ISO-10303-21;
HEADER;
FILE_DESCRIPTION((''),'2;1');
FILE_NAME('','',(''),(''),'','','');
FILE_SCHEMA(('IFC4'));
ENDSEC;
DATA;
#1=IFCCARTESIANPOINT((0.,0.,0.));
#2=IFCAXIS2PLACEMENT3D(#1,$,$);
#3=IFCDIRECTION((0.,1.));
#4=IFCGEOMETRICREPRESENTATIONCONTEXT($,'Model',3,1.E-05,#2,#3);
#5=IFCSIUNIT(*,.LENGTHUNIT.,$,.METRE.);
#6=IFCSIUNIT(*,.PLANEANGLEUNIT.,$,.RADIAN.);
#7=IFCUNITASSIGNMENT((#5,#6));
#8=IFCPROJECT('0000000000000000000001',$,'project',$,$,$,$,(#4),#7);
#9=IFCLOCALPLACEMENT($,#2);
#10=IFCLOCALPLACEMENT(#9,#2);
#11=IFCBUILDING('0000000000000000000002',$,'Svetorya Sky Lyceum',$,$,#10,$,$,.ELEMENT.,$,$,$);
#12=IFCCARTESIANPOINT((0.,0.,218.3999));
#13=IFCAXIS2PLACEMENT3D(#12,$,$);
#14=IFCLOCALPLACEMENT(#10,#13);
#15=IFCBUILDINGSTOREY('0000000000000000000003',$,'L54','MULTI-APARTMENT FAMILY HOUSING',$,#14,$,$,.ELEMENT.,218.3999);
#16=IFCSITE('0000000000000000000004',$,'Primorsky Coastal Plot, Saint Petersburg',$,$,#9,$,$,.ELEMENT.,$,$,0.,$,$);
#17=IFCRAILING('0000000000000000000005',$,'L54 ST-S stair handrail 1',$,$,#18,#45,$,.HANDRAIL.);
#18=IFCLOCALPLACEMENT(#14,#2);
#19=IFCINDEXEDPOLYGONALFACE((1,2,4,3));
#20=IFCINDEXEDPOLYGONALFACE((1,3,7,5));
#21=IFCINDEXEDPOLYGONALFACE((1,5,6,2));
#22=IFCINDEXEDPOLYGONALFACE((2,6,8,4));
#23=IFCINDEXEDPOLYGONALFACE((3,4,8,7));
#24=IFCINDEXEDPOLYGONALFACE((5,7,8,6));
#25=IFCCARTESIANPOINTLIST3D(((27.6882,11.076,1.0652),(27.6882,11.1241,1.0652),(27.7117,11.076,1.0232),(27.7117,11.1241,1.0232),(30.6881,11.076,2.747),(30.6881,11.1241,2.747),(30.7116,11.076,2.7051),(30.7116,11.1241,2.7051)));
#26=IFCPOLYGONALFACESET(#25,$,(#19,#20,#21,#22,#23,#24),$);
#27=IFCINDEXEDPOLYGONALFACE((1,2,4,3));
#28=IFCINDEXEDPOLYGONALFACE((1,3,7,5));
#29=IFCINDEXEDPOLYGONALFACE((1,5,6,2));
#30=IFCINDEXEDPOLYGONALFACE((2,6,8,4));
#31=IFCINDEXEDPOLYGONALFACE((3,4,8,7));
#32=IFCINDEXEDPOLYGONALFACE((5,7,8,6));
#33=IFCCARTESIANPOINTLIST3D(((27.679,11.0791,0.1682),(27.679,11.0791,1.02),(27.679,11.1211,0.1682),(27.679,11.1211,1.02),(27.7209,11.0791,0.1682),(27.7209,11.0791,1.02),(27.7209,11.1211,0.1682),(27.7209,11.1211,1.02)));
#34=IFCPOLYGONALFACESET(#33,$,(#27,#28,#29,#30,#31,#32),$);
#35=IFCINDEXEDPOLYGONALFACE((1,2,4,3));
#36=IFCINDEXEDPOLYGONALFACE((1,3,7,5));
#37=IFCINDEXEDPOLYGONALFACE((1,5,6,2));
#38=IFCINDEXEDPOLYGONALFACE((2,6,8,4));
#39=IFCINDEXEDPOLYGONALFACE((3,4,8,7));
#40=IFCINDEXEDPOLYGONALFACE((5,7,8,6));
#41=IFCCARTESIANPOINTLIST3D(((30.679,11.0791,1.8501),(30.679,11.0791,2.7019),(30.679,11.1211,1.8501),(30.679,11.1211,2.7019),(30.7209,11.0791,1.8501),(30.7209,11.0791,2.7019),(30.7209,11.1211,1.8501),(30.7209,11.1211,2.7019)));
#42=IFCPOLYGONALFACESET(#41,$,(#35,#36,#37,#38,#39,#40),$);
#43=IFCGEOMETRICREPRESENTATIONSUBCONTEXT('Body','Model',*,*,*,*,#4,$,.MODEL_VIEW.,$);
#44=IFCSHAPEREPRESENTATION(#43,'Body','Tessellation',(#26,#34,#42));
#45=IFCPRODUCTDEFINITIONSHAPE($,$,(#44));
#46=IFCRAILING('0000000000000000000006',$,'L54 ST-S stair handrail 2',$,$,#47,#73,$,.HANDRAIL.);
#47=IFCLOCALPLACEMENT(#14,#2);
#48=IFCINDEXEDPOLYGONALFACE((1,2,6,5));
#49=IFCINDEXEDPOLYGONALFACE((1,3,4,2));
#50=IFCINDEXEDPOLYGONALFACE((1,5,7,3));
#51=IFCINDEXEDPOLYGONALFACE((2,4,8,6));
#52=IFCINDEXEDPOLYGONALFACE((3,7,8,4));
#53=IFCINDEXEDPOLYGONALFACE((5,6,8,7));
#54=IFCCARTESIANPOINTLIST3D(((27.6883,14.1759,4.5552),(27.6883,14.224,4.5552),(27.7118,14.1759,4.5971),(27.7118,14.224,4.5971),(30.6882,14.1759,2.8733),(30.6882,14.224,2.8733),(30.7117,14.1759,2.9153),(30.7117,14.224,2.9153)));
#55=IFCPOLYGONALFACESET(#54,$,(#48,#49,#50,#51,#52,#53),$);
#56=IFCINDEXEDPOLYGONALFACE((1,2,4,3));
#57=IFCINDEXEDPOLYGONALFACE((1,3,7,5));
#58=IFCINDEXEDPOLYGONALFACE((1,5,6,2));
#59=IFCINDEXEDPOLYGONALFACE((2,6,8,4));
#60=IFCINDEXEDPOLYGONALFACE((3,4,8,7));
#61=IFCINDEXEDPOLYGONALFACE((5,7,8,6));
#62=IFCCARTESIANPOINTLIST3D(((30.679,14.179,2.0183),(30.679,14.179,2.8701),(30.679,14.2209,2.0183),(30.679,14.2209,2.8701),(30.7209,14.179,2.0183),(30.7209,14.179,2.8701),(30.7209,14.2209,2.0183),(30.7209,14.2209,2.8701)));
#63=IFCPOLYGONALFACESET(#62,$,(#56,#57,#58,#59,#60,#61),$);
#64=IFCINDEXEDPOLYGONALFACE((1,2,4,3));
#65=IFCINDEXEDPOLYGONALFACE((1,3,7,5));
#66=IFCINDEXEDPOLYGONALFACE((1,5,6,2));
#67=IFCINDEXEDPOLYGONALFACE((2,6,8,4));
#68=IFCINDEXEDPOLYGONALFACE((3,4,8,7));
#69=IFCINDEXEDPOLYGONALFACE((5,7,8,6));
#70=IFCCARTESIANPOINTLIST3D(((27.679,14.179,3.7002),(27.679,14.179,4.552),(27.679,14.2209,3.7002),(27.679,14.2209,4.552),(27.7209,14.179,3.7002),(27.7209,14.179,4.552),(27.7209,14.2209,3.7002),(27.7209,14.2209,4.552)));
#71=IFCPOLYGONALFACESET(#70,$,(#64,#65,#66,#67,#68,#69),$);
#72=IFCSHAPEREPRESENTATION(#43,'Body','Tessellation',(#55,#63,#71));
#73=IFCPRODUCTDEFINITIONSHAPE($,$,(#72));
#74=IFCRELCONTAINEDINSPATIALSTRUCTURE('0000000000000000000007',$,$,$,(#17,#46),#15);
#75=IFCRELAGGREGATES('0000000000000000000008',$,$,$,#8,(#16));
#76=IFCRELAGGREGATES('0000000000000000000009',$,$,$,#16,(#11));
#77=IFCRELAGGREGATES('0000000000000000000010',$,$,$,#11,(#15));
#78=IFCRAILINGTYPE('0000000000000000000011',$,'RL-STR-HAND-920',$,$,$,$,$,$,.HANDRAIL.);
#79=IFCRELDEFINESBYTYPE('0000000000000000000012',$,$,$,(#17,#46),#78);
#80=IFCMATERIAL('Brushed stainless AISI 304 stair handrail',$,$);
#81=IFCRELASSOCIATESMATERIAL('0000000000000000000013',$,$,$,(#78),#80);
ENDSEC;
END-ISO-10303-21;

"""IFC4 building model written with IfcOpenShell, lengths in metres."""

from ifc_helpers import new_model, si_unit, direction, frame, origin, origin_2d, place, context, subcontext, project, spatial, rectangle, extrude, material, type_object, element, save


model = new_model("IFC4")

# Units and contexts
model_context = context("Model", 3, precision=1e-05, world=origin(), true_north=direction((0.0, 1.0)))
body_context = subcontext(model_context, "Body", "Model", "MODEL_VIEW")
ifc_project = project(units=[si_unit("LENGTHUNIT", "METRE"), si_unit("PLANEANGLEUNIT", "RADIAN")], contexts=[model_context])

# Site, building, storey
site_placement = place(None, origin())
site = spatial("IfcSite", under=ifc_project, at=site_placement, Name="Primorsky Coastal Plot, Saint Petersburg", CompositionType="ELEMENT", RefElevation=0.0)
building_placement = place(site_placement, origin())
building = spatial("IfcBuilding", under=site, at=building_placement, Name="Svetorya Sky Lyceum", CompositionType="ELEMENT")
storey_placement = place(building_placement, frame((0.0, 0.0, 218.3999)))
storey = spatial("IfcBuildingStorey", under=building, at=storey_placement, Name="L54", Description="MULTI-APARTMENT FAMILY HOUSING", CompositionType="ELEMENT", Elevation=218.3999)

# Railings
ifc_material_1 = material(Name="Brushed stainless AISI 304 stair handrail")
railing_type_1 = type_object("IfcRailingType", Name="RL-STR-HAND-920", PredefinedType="HANDRAIL", material=ifc_material_1)
railing_1_placement = place(storey_placement, frame((27.7, 11.1001, 0.1682)))
element("IfcRailing", 1, at=railing_1_placement, inside=storey, type_object=railing_type_1, Name="L54 ST-S stair handrail 1", PredefinedType="HANDRAIL", context=body_context, shape_type="SweptSolid", body=[
    extrude(rectangle(XDim=0.0481, YDim=0.0481, at=origin_2d()), frame((0.0, 0.0, 0.876), z_axis=(0.872272, 0.0, 0.48902), x_axis=(0.0, 1.0, 0.0)), (0.0, 0.0, 1.0), 3.4392),
    extrude(rectangle(XDim=0.042, YDim=0.042, at=origin_2d()), origin(), (0.0, 0.0, 1.0), 0.8518),
    extrude(rectangle(XDim=0.042, YDim=0.042, at=origin_2d()), frame((3.0, 0.0, 1.6819)), (0.0, 0.0, 1.0), 0.8518),
])
railing_2_placement = place(storey_placement, frame((30.7, 14.2, 2.0183)))
element("IfcRailing", 2, at=railing_2_placement, inside=storey, type_object=railing_type_1, Name="L54 ST-S stair handrail 2", PredefinedType="HANDRAIL", context=body_context, shape_type="SweptSolid", body=[
    extrude(rectangle(XDim=0.0481, YDim=0.0481, at=origin_2d()), frame((0.0, 0.0, 0.876), z_axis=(-0.872272, 0.0, 0.48902), x_axis=(0.0, -1.0, 0.0)), (0.0, 0.0, 1.0), 3.4392),
    extrude(rectangle(XDim=0.042, YDim=0.042, at=origin_2d()), origin(), (0.0, 0.0, 1.0), 0.8518),
    extrude(rectangle(XDim=0.042, YDim=0.042, at=origin_2d()), frame((-3.0, 0.0, 1.6819)), (0.0, 0.0, 1.0), 0.8518),
])

save(model, "model.ifc")
